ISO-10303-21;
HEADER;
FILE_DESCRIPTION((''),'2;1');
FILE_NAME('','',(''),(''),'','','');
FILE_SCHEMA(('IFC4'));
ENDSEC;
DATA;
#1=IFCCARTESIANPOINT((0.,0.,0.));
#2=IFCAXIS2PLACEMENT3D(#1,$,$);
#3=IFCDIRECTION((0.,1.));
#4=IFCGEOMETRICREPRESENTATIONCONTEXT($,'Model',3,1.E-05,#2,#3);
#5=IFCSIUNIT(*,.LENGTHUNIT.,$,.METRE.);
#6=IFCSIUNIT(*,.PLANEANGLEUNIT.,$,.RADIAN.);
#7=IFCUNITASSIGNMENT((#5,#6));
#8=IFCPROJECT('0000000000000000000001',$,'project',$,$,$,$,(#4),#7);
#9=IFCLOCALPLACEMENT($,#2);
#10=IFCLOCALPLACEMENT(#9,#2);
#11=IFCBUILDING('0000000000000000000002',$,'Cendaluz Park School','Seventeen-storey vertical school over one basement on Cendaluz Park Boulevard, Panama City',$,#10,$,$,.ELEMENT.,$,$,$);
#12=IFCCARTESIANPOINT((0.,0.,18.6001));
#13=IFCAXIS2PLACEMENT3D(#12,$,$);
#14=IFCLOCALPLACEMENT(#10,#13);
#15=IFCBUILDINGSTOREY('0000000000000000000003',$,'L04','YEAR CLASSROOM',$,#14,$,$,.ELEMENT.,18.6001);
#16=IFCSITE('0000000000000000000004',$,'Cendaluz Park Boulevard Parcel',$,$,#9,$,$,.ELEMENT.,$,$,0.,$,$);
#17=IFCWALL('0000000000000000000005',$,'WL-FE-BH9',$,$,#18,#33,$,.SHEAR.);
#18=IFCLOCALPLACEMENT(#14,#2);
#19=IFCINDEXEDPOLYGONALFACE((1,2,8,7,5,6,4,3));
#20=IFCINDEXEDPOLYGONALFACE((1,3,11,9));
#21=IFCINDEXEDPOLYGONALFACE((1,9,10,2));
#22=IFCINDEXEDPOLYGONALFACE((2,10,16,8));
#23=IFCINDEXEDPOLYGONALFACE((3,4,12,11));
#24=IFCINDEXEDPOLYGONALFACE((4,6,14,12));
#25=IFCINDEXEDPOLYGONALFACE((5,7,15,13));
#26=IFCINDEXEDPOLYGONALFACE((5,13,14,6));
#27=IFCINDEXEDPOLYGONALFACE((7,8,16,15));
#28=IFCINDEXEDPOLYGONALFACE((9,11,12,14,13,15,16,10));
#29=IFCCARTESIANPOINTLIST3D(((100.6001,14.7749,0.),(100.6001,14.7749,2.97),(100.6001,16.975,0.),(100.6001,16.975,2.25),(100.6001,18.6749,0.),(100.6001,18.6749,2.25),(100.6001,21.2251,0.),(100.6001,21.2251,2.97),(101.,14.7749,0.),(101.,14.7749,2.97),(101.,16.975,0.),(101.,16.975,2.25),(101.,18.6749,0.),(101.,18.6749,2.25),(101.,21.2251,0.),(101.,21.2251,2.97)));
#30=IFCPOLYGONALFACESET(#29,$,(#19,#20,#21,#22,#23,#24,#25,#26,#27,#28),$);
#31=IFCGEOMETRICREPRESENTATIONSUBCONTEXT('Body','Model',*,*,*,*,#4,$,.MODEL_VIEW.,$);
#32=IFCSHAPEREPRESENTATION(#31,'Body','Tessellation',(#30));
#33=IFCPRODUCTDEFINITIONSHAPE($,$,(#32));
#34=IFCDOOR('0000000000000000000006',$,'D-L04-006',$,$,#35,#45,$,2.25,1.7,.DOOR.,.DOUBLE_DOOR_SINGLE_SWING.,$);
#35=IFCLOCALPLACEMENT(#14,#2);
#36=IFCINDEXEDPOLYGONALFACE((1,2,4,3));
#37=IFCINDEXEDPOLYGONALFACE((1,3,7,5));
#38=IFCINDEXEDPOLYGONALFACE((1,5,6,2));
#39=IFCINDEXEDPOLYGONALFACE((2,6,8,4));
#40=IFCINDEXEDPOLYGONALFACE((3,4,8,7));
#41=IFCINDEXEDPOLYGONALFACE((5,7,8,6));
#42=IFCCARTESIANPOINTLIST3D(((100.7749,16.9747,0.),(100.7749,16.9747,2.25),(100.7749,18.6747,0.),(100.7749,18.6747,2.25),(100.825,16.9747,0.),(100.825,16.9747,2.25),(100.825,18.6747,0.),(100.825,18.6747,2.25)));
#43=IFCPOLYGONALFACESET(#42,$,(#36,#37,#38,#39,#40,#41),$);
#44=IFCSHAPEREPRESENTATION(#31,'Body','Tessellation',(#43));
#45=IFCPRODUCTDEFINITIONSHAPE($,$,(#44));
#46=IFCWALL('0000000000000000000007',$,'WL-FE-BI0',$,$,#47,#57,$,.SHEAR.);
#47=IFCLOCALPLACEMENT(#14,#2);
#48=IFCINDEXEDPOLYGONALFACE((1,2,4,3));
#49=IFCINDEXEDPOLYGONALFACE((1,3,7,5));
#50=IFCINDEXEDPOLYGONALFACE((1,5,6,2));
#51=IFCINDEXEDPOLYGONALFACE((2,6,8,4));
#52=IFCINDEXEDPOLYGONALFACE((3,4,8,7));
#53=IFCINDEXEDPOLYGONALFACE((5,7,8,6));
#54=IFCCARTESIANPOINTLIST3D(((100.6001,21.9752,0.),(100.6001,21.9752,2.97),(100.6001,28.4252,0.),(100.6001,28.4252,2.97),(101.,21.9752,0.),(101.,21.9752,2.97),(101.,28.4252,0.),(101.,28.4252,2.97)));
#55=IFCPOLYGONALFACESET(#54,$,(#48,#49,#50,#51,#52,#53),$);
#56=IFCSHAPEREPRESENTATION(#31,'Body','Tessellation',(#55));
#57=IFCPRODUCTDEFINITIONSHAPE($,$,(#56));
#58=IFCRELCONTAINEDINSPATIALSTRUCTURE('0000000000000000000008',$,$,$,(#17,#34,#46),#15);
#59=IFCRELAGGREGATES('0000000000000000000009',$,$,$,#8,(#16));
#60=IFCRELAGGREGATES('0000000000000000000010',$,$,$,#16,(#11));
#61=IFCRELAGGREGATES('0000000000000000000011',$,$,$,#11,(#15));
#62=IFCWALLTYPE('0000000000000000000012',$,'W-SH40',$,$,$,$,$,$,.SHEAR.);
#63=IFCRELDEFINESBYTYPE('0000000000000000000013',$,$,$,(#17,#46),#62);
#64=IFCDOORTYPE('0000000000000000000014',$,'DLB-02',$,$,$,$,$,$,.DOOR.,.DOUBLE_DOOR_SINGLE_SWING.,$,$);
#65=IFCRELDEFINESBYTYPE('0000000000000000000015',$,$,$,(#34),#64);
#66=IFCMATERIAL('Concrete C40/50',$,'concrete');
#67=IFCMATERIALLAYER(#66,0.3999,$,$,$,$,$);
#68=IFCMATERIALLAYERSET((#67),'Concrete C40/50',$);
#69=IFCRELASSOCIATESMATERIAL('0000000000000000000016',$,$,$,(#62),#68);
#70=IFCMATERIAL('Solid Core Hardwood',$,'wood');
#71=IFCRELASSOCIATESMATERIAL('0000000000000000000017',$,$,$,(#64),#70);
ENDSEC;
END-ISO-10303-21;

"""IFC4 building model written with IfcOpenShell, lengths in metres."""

from ifc_helpers import new_model, si_unit, direction, frame, frame_2d, origin, place, context, subcontext, project, spatial, rectangle, extrude, material, layer, layer_set, type_object, element, fill, save


model = new_model("IFC4")

# Units and contexts
model_context = context("Model", 3, precision=1e-05, world=origin(), true_north=direction((0.0, 1.0)))
body_context = subcontext(model_context, "Body", "Model", "MODEL_VIEW")
ifc_project = project(units=[si_unit("LENGTHUNIT", "METRE"), si_unit("PLANEANGLEUNIT", "RADIAN")], contexts=[model_context])

# Site, building, storey
site_placement = place(None, origin())
site = spatial("IfcSite", under=ifc_project, at=site_placement, Name="Cendaluz Park Boulevard Parcel", CompositionType="ELEMENT", RefElevation=0.0)
building_placement = place(site_placement, origin())
building = spatial("IfcBuilding", under=site, at=building_placement, Name="Cendaluz Park School", Description="Seventeen-storey vertical school over one basement on Cendaluz Park Boulevard, Panama City", CompositionType="ELEMENT")
storey_placement = place(building_placement, frame((0.0, 0.0, 18.6001)))
storey = spatial("IfcBuildingStorey", under=building, at=storey_placement, Name="L04", Description="YEAR CLASSROOM", CompositionType="ELEMENT", Elevation=18.6001)

# Shared definitions
ifc_material_1 = material(Name="Concrete C40/50", Category="concrete")

# Shared definitions
ifc_material_2 = material(Name="Solid Core Hardwood", Category="wood")

# Wall, opening, door
ifc_layer_1 = layer(ifc_material_1, 0.3999)
ifc_layer_set_1 = layer_set([ifc_layer_1], Name="Concrete C40/50")
wall_type_1 = type_object("IfcWallType", Name="W-SH40", PredefinedType="SHEAR", material=ifc_layer_set_1)
wall_1_placement = place(storey_placement, frame((100.8, 14.7749, 0.0), z_axis=(0.0, 0.0, 1.0), x_axis=(0.0, 1.0, 0.0)))
wall_1 = element("IfcWall", 1, at=wall_1_placement, inside=storey, type_object=wall_type_1, Name="WL-FE-BH9", PredefinedType="SHEAR", context=body_context, shape_type="SweptSolid", body=[
    extrude(rectangle(XDim=6.4502, YDim=0.3999, at=frame_2d((3.2251, 0.0))), origin(), (0.0, 0.0, 1.0), 2.97),
])
opening_1_placement = place(wall_1_placement, frame((2.2, 0.0, 0.0)))
opening_1 = element("IfcOpeningElement", 2, at=opening_1_placement, cuts=wall_1, PredefinedType="OPENING", context=body_context, shape_type="SweptSolid", body=[
    extrude(rectangle(XDim=1.7, YDim=2.25, at=frame_2d((0.8501, 1.125))), frame((0.0, 0.2119, 0.0), z_axis=(0.0, -1.0, 0.0), x_axis=(1.0, 0.0, 0.0)), (0.0, 0.0, 1.0), 0.4238),
])
door_type_1 = type_object("IfcDoorType", Name="DLB-02", OperationType="DOUBLE_DOOR_SINGLE_SWING", PredefinedType="DOOR", material=ifc_material_2)
door_1_placement = place(opening_1_placement, frame((1.7, 0.0, 0.0), z_axis=(0.0, 0.0, 1.0), x_axis=(-1.0, 0.0, 0.0)))
door_1 = element("IfcDoor", 3, at=door_1_placement, inside=storey, type_object=door_type_1, Name="D-L04-006", OperationType="DOUBLE_DOOR_SINGLE_SWING", OverallHeight=2.25, OverallWidth=1.7, PredefinedType="DOOR", context=body_context, shape_type="SweptSolid", body=[
    extrude(rectangle(XDim=1.7, YDim=2.25, at=frame_2d((0.8501, 1.125))), frame((0.0, 0.0249, 0.0), z_axis=(0.0, -1.0, 0.0), x_axis=(1.0, 0.0, 0.0)), (0.0, 0.0, 1.0), 0.05),
])
fill(opening_1, door_1)

# Wall
wall_2_placement = place(storey_placement, frame((100.8, 21.9751, 0.0), z_axis=(0.0, 0.0, 1.0), x_axis=(0.0, 1.0, 0.0)))
element("IfcWall", 4, at=wall_2_placement, inside=storey, type_object=wall_type_1, Name="WL-FE-BI0", PredefinedType="SHEAR", context=body_context, shape_type="SweptSolid", body=[
    extrude(rectangle(XDim=6.45, YDim=0.3999, at=frame_2d((3.2251, 0.0))), origin(), (0.0, 0.0, 1.0), 2.97),
])

save(model, "model.ifc")
